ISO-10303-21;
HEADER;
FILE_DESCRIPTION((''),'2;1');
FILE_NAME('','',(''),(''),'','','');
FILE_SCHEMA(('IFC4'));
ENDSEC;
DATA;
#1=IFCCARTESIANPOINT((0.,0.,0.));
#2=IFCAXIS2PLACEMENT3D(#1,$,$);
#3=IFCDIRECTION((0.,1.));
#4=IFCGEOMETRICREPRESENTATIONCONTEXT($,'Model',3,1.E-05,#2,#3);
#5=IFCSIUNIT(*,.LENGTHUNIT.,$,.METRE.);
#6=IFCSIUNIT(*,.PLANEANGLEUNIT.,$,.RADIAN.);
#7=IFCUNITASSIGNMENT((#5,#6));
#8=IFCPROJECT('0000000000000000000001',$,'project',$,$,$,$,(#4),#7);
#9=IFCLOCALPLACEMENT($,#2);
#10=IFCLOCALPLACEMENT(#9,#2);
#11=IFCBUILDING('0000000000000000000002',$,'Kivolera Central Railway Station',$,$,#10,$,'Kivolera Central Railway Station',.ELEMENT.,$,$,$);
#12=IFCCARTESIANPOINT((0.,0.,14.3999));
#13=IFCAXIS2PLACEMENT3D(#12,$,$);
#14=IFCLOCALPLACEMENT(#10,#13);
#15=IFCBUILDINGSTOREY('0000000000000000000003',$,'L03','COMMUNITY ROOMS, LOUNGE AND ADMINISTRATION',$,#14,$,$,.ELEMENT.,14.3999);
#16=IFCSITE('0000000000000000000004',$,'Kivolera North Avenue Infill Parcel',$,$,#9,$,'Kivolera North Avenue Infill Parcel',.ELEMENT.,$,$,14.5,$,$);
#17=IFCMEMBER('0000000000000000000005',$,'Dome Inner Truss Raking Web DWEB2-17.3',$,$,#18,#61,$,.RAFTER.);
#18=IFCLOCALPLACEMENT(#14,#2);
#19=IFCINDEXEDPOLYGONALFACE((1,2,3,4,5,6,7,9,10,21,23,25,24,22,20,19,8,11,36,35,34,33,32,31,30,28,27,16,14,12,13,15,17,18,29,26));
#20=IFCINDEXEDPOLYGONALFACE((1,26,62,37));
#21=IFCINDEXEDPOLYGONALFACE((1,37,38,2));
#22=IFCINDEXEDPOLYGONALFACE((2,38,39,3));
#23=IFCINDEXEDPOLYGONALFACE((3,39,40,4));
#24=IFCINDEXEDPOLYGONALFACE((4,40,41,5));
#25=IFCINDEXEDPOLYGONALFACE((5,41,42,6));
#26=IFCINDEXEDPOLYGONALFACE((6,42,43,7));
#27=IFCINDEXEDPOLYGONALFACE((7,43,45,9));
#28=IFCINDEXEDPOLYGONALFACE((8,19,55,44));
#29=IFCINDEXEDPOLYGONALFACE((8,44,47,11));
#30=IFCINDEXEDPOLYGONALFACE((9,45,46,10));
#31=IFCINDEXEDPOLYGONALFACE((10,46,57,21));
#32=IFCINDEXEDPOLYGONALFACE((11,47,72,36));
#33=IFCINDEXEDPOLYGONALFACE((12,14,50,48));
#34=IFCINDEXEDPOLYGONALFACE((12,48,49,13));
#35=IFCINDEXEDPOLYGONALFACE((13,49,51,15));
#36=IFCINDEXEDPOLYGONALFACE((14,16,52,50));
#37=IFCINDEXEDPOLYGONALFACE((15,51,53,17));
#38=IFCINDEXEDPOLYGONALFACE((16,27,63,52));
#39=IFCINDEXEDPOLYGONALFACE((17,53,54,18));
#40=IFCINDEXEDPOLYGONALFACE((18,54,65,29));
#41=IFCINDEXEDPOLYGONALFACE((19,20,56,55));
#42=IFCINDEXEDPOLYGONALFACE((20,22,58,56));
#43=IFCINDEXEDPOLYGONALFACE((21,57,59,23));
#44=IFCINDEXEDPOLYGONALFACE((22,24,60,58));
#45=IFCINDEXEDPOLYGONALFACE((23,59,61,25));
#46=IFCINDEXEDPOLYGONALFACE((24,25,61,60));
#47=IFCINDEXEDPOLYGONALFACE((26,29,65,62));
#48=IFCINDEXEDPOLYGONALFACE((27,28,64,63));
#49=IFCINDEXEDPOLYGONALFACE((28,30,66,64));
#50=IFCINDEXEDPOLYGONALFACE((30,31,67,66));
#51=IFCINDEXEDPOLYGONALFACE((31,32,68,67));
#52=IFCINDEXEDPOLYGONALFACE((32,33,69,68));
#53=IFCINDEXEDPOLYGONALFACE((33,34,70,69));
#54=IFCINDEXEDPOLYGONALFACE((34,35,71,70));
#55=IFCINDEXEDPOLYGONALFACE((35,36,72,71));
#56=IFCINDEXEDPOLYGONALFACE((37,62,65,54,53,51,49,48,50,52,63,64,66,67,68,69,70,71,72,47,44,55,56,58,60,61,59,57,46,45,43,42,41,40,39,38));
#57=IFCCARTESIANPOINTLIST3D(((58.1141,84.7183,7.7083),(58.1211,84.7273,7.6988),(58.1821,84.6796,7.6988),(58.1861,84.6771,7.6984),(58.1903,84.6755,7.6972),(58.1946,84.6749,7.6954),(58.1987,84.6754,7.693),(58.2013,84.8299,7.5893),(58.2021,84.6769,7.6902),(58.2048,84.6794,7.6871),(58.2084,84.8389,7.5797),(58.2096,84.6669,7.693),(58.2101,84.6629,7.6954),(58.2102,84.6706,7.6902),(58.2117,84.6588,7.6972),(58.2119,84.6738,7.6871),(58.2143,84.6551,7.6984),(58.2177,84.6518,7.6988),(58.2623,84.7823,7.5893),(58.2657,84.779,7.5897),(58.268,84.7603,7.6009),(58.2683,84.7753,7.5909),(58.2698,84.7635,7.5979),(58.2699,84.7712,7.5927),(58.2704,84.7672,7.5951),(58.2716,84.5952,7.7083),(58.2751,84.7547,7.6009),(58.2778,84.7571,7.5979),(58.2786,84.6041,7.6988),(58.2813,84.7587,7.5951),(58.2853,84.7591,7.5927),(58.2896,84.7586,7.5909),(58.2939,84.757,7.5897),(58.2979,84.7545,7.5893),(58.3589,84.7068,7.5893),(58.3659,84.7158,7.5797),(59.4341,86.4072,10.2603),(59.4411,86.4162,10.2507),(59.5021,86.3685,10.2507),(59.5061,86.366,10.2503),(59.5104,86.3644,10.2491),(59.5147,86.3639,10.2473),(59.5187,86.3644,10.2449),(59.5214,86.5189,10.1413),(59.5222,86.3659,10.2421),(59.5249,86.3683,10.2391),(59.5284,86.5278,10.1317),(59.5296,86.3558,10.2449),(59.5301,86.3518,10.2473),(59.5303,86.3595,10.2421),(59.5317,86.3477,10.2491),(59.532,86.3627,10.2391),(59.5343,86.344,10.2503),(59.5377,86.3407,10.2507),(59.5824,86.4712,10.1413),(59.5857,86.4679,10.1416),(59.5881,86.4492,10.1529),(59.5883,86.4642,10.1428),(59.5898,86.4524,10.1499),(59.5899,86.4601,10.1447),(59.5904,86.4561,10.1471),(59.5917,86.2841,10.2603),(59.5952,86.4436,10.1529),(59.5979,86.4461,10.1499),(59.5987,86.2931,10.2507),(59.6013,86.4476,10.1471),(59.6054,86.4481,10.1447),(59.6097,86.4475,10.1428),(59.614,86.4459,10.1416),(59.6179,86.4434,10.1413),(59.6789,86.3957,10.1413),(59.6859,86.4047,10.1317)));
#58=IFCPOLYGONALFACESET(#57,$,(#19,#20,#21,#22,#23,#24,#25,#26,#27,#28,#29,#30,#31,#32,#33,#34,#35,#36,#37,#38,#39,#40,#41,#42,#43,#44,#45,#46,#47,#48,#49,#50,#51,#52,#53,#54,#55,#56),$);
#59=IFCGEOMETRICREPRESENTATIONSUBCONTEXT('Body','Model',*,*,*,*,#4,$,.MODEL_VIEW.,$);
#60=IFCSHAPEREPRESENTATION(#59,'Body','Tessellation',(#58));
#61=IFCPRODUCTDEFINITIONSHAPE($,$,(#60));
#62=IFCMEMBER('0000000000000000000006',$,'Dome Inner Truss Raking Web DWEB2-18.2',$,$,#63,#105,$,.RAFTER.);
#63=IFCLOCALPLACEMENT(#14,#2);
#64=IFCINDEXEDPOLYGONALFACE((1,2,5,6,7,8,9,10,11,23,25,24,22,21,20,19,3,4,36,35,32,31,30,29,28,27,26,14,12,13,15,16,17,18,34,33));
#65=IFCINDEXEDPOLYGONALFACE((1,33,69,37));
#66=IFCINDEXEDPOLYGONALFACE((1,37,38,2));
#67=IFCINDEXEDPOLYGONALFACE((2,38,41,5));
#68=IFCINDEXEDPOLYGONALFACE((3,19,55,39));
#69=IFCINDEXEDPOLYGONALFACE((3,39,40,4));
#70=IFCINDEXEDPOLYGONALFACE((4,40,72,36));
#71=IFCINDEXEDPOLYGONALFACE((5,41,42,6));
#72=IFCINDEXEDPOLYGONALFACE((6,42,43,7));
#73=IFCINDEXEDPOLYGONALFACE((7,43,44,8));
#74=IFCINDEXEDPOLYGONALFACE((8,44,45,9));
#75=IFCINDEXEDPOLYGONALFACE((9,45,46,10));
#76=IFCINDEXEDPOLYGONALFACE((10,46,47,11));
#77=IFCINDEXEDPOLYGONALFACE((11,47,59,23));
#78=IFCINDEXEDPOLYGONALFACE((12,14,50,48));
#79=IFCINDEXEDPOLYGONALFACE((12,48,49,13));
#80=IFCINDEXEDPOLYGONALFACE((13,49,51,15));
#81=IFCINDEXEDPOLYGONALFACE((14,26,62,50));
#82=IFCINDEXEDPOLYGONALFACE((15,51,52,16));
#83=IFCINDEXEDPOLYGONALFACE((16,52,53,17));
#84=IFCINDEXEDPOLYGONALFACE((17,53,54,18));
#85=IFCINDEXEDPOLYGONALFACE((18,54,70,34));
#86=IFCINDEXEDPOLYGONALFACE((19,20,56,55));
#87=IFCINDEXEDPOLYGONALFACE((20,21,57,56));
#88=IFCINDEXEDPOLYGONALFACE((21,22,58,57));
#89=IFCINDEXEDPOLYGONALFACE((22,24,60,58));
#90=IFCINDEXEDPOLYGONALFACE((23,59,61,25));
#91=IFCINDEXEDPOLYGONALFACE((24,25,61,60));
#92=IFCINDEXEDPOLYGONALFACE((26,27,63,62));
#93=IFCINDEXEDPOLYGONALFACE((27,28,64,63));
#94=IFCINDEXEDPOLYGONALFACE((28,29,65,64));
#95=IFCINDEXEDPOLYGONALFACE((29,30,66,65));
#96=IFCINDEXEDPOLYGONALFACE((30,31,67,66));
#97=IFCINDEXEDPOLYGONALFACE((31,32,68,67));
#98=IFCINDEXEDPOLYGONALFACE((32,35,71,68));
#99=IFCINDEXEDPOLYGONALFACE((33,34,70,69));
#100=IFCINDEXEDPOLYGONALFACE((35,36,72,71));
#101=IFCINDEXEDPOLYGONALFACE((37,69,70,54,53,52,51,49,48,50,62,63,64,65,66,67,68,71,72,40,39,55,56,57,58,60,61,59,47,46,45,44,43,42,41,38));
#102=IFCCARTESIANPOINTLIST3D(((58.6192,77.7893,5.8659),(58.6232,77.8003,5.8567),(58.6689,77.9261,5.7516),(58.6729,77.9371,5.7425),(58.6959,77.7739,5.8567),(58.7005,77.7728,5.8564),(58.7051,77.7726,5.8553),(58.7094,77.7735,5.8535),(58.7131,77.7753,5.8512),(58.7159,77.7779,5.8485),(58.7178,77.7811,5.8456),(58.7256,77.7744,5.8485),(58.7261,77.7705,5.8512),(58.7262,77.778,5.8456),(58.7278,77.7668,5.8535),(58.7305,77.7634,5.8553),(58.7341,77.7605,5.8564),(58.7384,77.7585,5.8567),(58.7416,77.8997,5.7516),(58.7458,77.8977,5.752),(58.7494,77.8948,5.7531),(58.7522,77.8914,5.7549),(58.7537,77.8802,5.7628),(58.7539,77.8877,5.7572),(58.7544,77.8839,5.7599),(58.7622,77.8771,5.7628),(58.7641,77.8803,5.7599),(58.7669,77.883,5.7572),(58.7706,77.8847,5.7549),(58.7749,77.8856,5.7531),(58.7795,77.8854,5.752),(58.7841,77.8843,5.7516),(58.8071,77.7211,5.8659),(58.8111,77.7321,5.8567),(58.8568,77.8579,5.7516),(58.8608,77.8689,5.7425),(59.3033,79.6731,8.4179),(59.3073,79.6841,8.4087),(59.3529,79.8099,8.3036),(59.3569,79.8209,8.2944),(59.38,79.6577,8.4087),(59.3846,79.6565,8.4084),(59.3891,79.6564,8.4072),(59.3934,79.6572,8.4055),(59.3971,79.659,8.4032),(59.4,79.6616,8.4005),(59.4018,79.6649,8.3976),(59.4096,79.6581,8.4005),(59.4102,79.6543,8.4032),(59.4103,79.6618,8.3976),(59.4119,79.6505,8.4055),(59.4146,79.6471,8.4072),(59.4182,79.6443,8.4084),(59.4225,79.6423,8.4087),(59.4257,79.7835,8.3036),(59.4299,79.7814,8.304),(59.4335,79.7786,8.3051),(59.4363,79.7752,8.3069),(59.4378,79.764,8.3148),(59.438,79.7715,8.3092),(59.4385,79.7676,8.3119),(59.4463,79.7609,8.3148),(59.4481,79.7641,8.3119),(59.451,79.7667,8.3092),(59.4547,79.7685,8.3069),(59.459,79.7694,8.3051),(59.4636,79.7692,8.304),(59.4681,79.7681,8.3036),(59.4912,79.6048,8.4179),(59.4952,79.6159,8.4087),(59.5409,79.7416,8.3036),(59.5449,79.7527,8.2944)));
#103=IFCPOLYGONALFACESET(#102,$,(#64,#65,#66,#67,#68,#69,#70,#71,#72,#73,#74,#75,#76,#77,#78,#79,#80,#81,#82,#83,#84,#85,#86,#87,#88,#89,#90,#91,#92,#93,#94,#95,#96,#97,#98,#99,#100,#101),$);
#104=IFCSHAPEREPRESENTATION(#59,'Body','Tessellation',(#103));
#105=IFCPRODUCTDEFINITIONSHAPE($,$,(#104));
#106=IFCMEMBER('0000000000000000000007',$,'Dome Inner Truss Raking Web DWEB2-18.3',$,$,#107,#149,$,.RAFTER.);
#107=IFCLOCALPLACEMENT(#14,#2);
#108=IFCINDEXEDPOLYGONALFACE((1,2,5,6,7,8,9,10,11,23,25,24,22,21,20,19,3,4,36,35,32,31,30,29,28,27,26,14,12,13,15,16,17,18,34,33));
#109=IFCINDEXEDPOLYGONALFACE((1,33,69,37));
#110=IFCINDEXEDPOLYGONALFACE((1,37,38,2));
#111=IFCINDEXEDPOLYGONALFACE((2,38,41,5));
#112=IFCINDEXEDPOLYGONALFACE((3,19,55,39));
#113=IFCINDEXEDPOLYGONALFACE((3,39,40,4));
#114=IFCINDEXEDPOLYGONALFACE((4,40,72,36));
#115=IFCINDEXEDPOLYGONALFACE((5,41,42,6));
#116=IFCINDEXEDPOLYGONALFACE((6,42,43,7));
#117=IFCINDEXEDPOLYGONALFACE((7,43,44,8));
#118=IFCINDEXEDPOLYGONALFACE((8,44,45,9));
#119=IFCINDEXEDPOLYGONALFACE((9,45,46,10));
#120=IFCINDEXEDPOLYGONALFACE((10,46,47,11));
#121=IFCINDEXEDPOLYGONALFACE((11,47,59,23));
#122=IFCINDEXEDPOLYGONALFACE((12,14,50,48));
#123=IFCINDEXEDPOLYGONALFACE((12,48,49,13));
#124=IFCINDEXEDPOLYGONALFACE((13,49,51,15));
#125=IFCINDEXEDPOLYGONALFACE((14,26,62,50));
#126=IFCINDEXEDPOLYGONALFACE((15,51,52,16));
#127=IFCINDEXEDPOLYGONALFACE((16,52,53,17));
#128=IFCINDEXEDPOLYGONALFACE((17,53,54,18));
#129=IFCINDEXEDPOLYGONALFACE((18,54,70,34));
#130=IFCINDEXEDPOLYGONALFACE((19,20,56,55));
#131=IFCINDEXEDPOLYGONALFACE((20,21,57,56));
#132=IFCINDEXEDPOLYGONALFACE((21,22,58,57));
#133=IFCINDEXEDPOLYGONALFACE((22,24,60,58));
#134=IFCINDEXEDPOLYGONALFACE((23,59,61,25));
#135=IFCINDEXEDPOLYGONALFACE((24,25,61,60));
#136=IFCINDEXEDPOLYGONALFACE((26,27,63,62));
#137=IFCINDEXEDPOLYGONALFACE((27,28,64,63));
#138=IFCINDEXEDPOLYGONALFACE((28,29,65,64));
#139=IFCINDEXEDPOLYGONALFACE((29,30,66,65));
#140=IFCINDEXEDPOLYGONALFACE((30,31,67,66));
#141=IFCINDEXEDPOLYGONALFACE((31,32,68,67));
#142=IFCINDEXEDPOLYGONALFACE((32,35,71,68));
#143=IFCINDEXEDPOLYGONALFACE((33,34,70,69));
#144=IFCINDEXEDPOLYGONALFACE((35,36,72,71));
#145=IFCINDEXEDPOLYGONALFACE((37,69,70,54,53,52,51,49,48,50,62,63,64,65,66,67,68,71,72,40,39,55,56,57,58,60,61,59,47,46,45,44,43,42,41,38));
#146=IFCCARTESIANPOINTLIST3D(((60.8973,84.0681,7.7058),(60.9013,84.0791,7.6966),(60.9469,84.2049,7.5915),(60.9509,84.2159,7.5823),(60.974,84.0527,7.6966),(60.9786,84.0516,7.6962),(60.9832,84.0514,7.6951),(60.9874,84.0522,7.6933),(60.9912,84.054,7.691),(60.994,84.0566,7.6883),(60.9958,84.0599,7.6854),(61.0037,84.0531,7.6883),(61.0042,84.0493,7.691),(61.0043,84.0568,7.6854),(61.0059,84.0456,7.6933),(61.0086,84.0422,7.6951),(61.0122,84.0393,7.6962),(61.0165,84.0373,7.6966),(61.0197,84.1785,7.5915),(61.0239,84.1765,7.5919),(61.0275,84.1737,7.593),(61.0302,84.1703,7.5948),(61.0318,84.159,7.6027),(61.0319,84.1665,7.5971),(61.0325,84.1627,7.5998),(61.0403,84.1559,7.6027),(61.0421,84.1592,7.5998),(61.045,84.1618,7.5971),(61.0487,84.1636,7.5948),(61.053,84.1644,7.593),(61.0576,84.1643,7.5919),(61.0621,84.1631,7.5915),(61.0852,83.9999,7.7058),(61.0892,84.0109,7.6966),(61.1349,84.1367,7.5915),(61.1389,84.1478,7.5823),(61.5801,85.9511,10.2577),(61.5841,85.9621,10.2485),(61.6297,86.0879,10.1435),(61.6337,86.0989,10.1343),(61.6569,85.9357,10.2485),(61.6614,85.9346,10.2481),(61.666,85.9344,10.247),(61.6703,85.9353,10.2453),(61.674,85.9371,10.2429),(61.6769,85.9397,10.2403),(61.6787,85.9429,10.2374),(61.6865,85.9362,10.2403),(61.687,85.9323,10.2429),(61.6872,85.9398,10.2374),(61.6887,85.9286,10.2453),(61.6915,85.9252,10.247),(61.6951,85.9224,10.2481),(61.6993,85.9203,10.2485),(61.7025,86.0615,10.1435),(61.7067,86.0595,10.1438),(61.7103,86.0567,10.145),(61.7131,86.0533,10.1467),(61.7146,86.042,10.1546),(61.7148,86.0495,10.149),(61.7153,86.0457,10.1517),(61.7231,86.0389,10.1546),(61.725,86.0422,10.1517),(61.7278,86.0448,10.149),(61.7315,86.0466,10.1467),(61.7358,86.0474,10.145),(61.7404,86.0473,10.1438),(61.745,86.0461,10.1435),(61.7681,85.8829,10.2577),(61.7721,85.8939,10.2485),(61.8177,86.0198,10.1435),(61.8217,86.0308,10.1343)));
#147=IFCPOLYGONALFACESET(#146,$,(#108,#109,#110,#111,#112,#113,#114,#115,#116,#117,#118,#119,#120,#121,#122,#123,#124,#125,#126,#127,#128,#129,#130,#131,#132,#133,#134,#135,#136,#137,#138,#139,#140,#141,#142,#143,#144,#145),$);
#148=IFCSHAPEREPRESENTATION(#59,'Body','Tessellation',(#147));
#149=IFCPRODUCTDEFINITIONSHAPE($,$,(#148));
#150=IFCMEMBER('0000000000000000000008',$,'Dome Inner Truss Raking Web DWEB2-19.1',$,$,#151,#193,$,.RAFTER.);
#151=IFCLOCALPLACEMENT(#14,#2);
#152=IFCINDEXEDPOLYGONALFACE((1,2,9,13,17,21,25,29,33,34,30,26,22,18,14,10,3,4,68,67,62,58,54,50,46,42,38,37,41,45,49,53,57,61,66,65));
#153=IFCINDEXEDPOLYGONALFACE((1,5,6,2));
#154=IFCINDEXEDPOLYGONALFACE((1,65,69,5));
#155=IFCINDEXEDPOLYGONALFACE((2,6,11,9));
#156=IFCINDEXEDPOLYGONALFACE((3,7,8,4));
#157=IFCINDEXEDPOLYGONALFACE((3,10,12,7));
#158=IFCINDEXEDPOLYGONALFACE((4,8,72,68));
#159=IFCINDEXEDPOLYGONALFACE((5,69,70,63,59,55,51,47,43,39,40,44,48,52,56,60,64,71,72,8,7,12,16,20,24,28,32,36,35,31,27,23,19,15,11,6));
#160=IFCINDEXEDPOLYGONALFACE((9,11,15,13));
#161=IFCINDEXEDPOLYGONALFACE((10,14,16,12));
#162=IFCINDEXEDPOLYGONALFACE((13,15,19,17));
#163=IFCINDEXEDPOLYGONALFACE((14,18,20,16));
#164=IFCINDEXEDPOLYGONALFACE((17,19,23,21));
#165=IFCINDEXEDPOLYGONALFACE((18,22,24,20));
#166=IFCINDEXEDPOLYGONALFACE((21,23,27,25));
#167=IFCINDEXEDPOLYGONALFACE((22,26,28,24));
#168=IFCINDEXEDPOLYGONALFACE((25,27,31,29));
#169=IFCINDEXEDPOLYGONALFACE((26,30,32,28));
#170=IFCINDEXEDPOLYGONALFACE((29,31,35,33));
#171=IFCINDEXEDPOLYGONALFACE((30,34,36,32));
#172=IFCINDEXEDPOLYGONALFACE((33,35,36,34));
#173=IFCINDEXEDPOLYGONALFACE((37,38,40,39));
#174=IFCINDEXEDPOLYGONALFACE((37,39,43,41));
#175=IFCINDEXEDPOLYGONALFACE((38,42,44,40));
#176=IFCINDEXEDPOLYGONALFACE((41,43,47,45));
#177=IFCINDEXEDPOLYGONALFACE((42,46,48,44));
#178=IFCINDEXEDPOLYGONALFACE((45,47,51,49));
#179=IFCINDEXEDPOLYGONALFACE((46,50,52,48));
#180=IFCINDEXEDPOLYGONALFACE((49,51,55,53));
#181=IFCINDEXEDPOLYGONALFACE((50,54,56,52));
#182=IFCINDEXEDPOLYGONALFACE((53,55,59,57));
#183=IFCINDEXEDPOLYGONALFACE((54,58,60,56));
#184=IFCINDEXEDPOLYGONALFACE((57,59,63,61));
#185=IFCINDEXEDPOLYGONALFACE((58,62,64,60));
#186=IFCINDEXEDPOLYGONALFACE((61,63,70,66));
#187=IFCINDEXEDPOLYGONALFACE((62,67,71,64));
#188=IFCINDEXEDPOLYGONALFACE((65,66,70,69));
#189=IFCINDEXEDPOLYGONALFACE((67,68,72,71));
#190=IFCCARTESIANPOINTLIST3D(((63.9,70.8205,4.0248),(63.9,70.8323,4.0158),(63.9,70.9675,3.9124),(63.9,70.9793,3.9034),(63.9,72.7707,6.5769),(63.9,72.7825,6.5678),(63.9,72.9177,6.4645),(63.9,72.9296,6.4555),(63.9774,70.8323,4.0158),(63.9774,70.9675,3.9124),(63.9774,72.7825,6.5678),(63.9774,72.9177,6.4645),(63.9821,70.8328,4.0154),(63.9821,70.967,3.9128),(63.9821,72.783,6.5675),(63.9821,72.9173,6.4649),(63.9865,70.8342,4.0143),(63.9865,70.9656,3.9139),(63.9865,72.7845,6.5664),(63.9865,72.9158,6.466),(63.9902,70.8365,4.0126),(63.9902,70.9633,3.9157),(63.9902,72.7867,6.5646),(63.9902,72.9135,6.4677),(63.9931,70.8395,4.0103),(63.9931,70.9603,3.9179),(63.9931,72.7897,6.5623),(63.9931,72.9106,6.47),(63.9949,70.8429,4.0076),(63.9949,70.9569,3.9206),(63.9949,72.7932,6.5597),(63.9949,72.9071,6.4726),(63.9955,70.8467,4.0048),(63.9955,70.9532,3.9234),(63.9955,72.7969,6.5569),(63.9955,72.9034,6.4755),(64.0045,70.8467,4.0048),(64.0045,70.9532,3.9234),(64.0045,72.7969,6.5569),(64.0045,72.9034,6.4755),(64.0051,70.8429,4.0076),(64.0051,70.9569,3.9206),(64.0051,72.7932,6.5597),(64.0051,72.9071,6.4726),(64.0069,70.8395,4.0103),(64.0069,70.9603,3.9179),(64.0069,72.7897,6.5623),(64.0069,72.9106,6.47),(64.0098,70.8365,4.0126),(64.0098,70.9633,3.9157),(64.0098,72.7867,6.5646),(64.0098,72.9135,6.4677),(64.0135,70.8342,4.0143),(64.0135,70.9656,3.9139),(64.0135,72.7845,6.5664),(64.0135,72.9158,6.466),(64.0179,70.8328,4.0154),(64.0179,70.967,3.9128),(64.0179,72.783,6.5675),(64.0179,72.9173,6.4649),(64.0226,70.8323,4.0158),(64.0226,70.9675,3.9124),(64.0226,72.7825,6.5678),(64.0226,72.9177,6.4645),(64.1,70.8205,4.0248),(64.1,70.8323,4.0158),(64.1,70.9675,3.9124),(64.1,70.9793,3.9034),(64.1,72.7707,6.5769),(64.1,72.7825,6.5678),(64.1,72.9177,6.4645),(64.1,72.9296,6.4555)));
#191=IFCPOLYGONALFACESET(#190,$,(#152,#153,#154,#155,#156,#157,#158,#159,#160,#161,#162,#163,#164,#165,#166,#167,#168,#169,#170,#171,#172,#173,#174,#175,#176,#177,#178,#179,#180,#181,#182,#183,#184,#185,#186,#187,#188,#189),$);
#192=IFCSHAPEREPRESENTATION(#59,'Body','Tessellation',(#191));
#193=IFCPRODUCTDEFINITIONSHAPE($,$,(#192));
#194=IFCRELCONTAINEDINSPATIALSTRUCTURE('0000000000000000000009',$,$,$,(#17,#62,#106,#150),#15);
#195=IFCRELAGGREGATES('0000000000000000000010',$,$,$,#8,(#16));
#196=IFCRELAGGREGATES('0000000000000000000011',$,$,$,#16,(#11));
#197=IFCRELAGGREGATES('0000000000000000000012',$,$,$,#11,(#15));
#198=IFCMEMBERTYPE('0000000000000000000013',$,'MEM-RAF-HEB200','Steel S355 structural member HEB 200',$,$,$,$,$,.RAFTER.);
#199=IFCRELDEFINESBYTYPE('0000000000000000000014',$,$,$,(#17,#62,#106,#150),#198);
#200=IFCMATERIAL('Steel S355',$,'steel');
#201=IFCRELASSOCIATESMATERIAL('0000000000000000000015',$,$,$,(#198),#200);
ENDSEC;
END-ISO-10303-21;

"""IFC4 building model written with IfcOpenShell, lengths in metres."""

from ifc_helpers import new_model, si_unit, direction, frame, origin, origin_2d, place, context, subcontext, project, spatial, i_section, extrude, material, material_profile, profile_set, type_object, element, save


model = new_model("IFC4")

# Units and contexts
model_context = context("Model", 3, precision=1e-05, world=origin(), true_north=direction((0.0, 1.0)))
body_context = subcontext(model_context, "Body", "Model", "MODEL_VIEW")
ifc_project = project(units=[si_unit("LENGTHUNIT", "METRE"), si_unit("PLANEANGLEUNIT", "RADIAN")], contexts=[model_context])

# Site, building, storey
site_placement = place(None, origin())
site = spatial("IfcSite", under=ifc_project, at=site_placement, Name="Kivolera North Avenue Infill Parcel", LongName="Kivolera North Avenue Infill Parcel", CompositionType="ELEMENT", RefElevation=14.5)
building_placement = place(site_placement, origin())
building = spatial("IfcBuilding", under=site, at=building_placement, Name="Kivolera Central Railway Station", LongName="Kivolera Central Railway Station", CompositionType="ELEMENT")
storey_placement = place(building_placement, frame((0.0, 0.0, 14.3999)))
storey = spatial("IfcBuildingStorey", under=building, at=storey_placement, Name="L03", Description="COMMUNITY ROOMS, LOUNGE AND ADMINISTRATION", CompositionType="ELEMENT", Elevation=14.3999)

# Shared definitions
ifc_material_1 = material(Name="Steel S355", Category="steel")

# Members
ifc_material_profile_1 = material_profile(ifc_material_1, i_section(OverallWidth=0.2, OverallDepth=0.2, WebThickness=0.009, FlangeThickness=0.0149, FilletRadius=0.0181, at=origin_2d()), Name="HEB 200")
ifc_profile_set_1 = profile_set([ifc_material_profile_1], Name="Steel S355")
member_type_1 = type_object("IfcMemberType", Name="MEM-RAF-HEB200", Description="Steel S355 structural member HEB 200", PredefinedType="RAFTER", material=ifc_profile_set_1)
member_1_placement = place(storey_placement, frame((58.24, 84.717, 7.644), z_axis=(0.396078, 0.506763, 0.765711), x_axis=(-0.787897, 0.615808, 0.0)))
element("IfcMember", 1, at=member_1_placement, inside=storey, type_object=member_type_1, Name="Dome Inner Truss Raking Web DWEB2-17.3", PredefinedType="RAFTER", context=body_context, shape_type="SweptSolid", body=[
    extrude(i_section(OverallWidth=0.2, OverallDepth=0.2, WebThickness=0.009, FlangeThickness=0.0149, FilletRadius=0.0181, at=origin_2d()), origin(), (0.0, 0.0, 1.0), 3.3328),
])
member_2_placement = place(storey_placement, frame((58.74, 77.8291, 5.8042), z_axis=(0.210818, 0.580539, 0.786467), x_axis=(-0.939943, 0.341332, 0.0)))
element("IfcMember", 2, at=member_2_placement, inside=storey, type_object=member_type_1, Name="Dome Inner Truss Raking Web DWEB2-18.2", PredefinedType="RAFTER", context=body_context, shape_type="SweptSolid", body=[
    extrude(i_section(OverallWidth=0.2, OverallDepth=0.2, WebThickness=0.009, FlangeThickness=0.0149, FilletRadius=0.0181, at=origin_2d()), origin(), (0.0, 0.0, 1.0), 3.2449),
])
member_3_placement = place(storey_placement, frame((61.0181, 84.1079, 7.644), z_axis=(0.210486, 0.580436, 0.786632), x_axis=(-0.940096, 0.340911, 0.0)))
element("IfcMember", 3, at=member_3_placement, inside=storey, type_object=member_type_1, Name="Dome Inner Truss Raking Web DWEB2-18.3", PredefinedType="RAFTER", context=body_context, shape_type="SweptSolid", body=[
    extrude(i_section(OverallWidth=0.2, OverallDepth=0.2, WebThickness=0.009, FlangeThickness=0.0149, FilletRadius=0.0181, at=origin_2d()), origin(), (0.0, 0.0, 1.0), 3.2441),
])
for number, where, z_axis, x_axis, name in (
    (4, (64.0, 70.8999, 3.9641), (0.0, 0.607188, 0.794558), (-1.0, 0.0, 0.0), "Dome Inner Truss Raking Web DWEB2-19.1"),
):
    element("IfcMember", number, at=place(storey_placement, frame(where, z_axis=z_axis, x_axis=x_axis)), inside=storey, type_object=member_type_1, Name=name, PredefinedType="RAFTER", context=body_context, shape_type="SweptSolid", body=[
        extrude(i_section(OverallWidth=0.2, OverallDepth=0.2, WebThickness=0.009, FlangeThickness=0.0149, FilletRadius=0.0181, at=origin_2d()), origin(), (0.0, 0.0, 1.0), 3.2119),
    ])

save(model, "model.ifc")
